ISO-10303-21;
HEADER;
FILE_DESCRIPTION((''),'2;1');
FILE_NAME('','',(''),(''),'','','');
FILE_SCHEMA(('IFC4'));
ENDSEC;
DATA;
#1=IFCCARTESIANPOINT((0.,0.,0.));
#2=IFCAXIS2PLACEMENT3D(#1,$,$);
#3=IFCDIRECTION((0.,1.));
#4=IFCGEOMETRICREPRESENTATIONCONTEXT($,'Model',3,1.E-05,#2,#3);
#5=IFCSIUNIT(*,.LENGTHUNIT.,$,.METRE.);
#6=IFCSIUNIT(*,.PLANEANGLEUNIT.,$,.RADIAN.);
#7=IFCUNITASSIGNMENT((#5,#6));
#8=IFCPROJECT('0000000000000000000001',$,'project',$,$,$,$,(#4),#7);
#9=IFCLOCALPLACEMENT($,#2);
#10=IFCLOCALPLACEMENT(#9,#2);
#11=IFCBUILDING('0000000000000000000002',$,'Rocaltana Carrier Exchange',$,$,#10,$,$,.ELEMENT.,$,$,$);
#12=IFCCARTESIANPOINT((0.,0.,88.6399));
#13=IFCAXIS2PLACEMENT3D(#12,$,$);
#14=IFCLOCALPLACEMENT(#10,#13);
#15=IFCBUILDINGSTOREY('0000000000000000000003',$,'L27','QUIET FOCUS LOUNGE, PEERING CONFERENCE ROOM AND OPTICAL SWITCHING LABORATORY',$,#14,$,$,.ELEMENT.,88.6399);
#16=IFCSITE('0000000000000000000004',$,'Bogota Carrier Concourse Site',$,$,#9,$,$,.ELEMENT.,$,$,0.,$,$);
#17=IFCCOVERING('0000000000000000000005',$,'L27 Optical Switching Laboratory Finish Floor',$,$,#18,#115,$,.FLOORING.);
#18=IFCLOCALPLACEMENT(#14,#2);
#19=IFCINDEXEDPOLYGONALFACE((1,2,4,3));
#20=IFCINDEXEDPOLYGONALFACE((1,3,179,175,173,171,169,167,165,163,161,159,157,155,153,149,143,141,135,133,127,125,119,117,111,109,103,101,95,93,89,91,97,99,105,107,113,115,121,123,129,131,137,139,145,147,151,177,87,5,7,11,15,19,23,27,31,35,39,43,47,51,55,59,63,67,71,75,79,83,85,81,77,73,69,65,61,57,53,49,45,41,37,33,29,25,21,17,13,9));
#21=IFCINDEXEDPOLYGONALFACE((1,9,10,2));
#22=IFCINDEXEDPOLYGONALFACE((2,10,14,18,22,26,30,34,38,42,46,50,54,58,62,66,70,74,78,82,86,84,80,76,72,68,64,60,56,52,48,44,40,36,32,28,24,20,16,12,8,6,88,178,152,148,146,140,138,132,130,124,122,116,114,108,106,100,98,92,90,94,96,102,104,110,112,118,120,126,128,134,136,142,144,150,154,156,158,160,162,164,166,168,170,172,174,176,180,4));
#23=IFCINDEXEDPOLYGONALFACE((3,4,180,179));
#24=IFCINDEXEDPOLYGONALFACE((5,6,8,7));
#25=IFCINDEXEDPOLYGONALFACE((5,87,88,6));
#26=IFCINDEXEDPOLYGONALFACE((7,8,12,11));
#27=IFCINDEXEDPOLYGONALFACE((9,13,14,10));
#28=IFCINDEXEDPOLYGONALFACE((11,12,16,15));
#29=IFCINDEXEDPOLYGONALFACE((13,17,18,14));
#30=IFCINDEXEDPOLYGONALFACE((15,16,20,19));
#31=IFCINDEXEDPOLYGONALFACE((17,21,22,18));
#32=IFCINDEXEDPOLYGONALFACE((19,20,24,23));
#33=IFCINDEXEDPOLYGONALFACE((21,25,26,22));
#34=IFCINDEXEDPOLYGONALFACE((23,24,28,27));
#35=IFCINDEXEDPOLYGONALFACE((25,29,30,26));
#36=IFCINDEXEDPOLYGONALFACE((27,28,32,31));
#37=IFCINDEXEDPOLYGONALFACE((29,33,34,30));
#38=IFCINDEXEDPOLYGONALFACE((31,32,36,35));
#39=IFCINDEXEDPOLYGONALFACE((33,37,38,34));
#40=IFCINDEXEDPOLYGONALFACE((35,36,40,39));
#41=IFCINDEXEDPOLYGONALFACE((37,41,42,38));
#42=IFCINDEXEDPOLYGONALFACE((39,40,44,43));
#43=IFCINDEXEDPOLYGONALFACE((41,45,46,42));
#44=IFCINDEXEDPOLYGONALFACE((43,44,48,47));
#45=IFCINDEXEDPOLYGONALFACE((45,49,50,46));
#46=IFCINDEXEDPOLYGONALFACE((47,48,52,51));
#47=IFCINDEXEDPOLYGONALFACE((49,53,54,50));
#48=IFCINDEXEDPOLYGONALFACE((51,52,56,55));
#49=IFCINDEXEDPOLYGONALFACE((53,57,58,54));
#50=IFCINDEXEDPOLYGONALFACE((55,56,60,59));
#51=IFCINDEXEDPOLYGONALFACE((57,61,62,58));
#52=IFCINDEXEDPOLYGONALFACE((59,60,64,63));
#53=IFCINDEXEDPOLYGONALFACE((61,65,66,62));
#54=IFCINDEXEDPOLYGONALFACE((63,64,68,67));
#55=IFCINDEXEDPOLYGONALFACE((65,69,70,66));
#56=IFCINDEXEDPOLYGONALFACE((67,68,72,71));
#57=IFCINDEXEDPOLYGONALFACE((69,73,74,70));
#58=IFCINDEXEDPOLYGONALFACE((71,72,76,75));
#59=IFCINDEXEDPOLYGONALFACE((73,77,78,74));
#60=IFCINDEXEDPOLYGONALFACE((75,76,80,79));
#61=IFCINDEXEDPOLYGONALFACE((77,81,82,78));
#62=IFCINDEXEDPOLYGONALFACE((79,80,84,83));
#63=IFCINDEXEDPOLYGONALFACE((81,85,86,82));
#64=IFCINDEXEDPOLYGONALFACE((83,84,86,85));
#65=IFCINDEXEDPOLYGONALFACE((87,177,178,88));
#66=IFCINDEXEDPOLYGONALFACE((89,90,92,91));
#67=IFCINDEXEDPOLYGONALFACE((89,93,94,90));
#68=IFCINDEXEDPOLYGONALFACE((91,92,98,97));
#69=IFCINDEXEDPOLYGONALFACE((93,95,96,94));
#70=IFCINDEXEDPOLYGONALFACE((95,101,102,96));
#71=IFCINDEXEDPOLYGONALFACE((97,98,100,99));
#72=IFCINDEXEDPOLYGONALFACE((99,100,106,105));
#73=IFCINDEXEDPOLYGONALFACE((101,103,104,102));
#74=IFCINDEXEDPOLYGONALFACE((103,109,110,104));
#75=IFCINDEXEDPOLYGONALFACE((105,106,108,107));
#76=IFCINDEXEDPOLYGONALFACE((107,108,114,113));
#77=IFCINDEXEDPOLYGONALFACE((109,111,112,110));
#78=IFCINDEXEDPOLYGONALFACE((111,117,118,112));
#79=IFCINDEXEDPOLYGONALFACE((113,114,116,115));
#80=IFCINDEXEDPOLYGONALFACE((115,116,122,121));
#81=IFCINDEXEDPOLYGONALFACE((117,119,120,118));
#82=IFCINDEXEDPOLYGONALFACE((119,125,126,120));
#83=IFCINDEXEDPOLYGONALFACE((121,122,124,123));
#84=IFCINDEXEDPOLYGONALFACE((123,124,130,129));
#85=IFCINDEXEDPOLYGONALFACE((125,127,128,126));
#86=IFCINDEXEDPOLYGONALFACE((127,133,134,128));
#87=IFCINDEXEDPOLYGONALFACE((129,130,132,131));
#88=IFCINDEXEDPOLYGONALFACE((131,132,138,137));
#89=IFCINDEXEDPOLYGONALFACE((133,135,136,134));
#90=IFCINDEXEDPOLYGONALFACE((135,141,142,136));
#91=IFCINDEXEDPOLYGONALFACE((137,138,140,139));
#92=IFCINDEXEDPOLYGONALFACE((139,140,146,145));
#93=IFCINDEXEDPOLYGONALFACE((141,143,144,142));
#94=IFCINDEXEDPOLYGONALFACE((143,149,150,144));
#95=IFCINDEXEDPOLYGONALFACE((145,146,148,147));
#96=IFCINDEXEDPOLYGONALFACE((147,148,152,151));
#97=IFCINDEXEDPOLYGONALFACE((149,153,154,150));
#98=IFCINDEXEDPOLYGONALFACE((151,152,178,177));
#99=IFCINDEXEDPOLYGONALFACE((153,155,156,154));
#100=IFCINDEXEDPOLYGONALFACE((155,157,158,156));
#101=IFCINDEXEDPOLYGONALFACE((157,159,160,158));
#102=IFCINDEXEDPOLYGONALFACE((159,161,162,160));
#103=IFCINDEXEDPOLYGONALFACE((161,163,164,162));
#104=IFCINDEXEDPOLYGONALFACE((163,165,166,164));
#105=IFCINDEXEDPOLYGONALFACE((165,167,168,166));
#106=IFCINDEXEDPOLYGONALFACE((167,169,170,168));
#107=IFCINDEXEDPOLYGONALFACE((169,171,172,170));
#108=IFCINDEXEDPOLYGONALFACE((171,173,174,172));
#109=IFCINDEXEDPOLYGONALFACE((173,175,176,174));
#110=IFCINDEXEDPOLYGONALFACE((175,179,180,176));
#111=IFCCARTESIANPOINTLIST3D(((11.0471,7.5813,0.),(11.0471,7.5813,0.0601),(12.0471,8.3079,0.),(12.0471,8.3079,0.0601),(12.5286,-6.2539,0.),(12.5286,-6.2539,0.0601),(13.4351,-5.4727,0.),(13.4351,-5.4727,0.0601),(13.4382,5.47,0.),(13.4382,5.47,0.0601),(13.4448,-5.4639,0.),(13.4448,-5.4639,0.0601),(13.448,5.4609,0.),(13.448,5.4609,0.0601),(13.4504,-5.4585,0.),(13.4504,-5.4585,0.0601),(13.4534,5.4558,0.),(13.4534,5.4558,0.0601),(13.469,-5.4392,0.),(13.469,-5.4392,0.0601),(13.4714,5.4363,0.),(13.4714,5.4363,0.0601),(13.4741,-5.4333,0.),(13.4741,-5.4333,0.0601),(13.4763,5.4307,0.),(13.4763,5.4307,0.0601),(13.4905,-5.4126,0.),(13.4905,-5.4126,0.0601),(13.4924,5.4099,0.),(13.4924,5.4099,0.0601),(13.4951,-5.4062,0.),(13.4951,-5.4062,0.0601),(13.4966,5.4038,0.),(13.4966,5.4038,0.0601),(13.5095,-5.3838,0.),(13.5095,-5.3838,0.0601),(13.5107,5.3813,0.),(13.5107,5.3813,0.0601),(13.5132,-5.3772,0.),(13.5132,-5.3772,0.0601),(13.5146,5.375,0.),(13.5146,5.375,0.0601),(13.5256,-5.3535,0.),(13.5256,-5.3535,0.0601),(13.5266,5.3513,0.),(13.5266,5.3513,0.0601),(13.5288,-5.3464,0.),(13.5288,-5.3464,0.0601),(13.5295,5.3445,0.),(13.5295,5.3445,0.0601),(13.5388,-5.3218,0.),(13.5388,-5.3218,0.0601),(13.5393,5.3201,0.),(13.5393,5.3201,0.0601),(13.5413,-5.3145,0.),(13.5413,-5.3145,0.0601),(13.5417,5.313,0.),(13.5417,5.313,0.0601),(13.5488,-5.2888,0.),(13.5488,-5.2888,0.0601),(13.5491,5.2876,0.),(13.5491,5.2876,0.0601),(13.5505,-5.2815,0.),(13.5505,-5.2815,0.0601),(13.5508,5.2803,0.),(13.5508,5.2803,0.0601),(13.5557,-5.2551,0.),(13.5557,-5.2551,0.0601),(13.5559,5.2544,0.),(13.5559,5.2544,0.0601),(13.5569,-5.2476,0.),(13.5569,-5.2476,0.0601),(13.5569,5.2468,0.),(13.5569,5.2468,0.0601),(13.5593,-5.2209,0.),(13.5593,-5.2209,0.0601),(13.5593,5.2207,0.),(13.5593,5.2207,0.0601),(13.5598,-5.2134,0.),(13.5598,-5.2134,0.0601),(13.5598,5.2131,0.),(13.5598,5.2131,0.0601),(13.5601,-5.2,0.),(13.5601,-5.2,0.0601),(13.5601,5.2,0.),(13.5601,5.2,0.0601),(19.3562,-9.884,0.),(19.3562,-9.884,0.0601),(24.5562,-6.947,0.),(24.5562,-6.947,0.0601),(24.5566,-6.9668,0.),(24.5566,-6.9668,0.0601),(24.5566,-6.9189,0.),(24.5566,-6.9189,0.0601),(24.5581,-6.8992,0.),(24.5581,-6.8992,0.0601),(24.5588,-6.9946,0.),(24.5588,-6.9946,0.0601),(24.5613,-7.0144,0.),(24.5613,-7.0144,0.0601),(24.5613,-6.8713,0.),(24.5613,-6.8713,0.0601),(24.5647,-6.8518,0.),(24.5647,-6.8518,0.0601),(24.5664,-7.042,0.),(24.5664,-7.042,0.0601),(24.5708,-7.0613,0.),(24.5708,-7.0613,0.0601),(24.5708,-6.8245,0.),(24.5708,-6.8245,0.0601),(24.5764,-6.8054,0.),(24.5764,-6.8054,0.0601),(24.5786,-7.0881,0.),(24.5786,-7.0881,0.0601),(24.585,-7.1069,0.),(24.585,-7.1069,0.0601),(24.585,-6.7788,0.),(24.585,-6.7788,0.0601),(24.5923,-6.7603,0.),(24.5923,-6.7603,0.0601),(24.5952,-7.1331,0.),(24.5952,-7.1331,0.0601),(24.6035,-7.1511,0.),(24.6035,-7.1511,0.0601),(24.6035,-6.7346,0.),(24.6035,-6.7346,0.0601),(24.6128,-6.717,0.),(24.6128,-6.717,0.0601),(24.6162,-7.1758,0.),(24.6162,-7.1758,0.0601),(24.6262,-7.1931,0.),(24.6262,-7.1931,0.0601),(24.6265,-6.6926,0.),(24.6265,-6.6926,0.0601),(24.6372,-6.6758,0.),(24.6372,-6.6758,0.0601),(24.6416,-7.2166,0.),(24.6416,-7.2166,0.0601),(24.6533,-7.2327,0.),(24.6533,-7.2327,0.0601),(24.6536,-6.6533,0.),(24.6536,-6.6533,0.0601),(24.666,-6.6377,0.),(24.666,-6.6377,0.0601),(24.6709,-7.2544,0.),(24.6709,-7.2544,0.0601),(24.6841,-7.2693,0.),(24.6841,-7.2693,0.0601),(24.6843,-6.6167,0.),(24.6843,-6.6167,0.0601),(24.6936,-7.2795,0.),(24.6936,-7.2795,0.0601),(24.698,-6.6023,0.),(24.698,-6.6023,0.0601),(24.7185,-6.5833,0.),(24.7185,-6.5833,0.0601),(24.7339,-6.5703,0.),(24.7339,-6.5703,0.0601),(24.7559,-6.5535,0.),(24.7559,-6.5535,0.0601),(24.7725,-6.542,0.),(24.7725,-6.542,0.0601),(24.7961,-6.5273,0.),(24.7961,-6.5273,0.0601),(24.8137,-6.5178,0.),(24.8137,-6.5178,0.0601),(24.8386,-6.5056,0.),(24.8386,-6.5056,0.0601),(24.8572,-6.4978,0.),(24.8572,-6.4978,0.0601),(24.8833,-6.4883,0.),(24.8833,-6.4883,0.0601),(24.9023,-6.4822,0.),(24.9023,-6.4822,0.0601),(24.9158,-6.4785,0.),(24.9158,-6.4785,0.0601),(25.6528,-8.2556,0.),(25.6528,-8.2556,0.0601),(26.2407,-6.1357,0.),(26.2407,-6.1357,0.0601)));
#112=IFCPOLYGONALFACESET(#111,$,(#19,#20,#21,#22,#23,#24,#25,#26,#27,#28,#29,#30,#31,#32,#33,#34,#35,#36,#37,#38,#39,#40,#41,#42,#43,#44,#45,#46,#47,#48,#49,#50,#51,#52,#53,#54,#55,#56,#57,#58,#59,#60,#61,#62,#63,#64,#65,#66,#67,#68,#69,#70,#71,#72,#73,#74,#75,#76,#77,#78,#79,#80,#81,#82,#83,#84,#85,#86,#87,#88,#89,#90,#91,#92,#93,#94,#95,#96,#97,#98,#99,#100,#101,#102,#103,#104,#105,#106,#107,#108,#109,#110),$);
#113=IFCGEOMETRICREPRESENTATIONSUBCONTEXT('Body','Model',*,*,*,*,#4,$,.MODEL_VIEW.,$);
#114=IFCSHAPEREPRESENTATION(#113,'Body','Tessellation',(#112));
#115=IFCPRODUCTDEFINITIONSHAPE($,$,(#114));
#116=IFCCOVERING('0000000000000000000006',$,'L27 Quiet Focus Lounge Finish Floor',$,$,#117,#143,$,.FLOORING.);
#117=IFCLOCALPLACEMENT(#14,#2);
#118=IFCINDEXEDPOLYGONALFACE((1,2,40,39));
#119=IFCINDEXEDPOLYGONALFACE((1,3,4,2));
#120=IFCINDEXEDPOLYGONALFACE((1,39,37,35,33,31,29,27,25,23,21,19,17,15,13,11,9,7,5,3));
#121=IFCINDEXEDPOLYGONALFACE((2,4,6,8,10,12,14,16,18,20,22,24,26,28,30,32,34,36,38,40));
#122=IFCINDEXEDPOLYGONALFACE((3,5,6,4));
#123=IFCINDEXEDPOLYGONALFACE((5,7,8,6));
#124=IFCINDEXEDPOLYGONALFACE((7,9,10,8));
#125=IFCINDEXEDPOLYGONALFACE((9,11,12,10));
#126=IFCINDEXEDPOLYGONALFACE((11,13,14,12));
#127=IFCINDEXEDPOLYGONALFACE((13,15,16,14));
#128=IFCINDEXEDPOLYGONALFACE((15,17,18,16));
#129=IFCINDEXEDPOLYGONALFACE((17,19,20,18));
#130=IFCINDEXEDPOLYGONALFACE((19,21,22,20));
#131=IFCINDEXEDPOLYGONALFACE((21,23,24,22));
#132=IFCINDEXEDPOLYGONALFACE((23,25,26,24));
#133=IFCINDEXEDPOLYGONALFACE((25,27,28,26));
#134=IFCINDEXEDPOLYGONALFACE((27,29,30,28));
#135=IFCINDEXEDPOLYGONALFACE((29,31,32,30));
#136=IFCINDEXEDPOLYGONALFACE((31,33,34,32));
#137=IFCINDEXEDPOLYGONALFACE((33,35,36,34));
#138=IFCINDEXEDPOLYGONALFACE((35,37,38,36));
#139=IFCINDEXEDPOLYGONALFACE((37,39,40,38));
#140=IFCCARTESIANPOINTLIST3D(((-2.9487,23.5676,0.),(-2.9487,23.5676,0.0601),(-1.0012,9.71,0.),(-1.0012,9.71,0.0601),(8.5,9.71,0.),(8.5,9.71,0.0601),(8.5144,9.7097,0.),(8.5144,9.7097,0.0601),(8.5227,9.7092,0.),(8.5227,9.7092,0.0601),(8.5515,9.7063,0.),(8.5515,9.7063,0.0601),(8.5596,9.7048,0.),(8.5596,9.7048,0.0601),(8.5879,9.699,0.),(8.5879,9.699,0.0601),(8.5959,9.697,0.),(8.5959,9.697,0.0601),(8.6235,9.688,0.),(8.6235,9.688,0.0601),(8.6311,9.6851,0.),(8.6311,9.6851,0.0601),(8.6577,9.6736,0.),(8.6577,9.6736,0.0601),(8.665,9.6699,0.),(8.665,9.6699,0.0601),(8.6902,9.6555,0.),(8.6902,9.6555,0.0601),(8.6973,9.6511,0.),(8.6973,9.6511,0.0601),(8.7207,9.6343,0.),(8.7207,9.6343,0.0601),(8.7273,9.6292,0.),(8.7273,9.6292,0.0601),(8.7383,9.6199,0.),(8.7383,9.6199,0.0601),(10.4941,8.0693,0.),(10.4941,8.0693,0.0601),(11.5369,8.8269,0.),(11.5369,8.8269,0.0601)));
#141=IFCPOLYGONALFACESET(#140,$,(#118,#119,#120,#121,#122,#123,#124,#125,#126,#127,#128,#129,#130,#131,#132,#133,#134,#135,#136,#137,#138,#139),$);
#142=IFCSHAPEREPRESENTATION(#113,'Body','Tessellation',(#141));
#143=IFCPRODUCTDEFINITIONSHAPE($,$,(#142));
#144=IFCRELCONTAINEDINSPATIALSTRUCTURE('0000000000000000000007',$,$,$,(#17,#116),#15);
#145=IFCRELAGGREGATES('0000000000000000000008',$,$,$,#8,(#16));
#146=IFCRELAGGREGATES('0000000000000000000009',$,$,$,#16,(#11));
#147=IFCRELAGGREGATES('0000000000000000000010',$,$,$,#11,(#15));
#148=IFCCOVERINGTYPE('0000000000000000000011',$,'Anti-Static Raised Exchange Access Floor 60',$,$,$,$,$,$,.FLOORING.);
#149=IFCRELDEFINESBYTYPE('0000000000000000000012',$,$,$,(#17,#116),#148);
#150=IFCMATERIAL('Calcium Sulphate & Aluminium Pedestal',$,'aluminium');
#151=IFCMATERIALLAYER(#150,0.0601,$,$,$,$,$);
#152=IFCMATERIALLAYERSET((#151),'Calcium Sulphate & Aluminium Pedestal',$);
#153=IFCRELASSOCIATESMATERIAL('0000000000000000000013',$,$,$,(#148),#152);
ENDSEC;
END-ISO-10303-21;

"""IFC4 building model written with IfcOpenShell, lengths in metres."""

from ifc_helpers import new_model, si_unit, direction, frame, origin, place, context, subcontext, project, spatial, polyline, outline, extrude, material, layer, layer_set, type_object, element, save


model = new_model("IFC4")

# Units and contexts
model_context = context("Model", 3, precision=1e-05, world=origin(), true_north=direction((0.0, 1.0)))
body_context = subcontext(model_context, "Body", "Model", "MODEL_VIEW")
ifc_project = project(units=[si_unit("LENGTHUNIT", "METRE"), si_unit("PLANEANGLEUNIT", "RADIAN")], contexts=[model_context])

# Site, building, storey
site_placement = place(None, origin())
site = spatial("IfcSite", under=ifc_project, at=site_placement, Name="Bogota Carrier Concourse Site", CompositionType="ELEMENT", RefElevation=0.0)
building_placement = place(site_placement, origin())
building = spatial("IfcBuilding", under=site, at=building_placement, Name="Rocaltana Carrier Exchange", CompositionType="ELEMENT")
storey_placement = place(building_placement, frame((0.0, 0.0, 88.6399)))
storey = spatial("IfcBuildingStorey", under=building, at=storey_placement, Name="L27", Description="QUIET FOCUS LOUNGE, PEERING CONFERENCE ROOM AND OPTICAL SWITCHING LABORATORY", CompositionType="ELEMENT", Elevation=88.6399)

# Coverings
ifc_material_1 = material(Name="Calcium Sulphate & Aluminium Pedestal", Category="aluminium")
ifc_layer_1 = layer(ifc_material_1, 0.0601)
ifc_layer_set_1 = layer_set([ifc_layer_1], Name="Calcium Sulphate & Aluminium Pedestal")
covering_type_1 = type_object("IfcCoveringType", Name="Anti-Static Raised Exchange Access Floor 60", PredefinedType="FLOORING", material=ifc_layer_set_1)
covering_1_placement = place(storey_placement, origin())
element("IfcCovering", 1, at=covering_1_placement, inside=storey, type_object=covering_type_1, Name="L27 Optical Switching Laboratory Finish Floor", PredefinedType="FLOORING", context=body_context, shape_type="SweptSolid", body=[
    extrude(outline(polyline([(26.2407, -6.1357), (24.9158, -6.4785), (24.9023, -6.4822), (24.8833, -6.4883), (24.8572, -6.4978), (24.8386, -6.5056), (24.8137, -6.5178), (24.7961, -6.5273), (24.7725, -6.542), (24.7559, -6.5535), (24.7339, -6.5703), (24.7185, -6.5833), (24.698, -6.6023), (24.6843, -6.6167), (24.666, -6.6377), (24.6536, -6.6533), (24.6372, -6.6758), (24.6265, -6.6926), (24.6128, -6.717), (24.6035, -6.7346), (24.5923, -6.7603), (24.585, -6.7788), (24.5764, -6.8054), (24.5708, -6.8245), (24.5647, -6.8518), (24.5613, -6.8713), (24.5581, -6.8992), (24.5566, -6.9189), (24.5562, -6.947), (24.5566, -6.9668), (24.5588, -6.9946), (24.5613, -7.0144), (24.5664, -7.042), (24.5708, -7.0613), (24.5786, -7.0881), (24.585, -7.1069), (24.5952, -7.1331), (24.6035, -7.1511), (24.6162, -7.1758), (24.6262, -7.1931), (24.6416, -7.2166), (24.6533, -7.2327), (24.6709, -7.2544), (24.6841, -7.2693), (24.6936, -7.2795), (25.6528, -8.2556), (19.3562, -9.884), (12.5286, -6.2539), (13.4351, -5.4727), (13.4448, -5.4639), (13.4504, -5.4585), (13.469, -5.4392), (13.4741, -5.4333), (13.4905, -5.4126), (13.4951, -5.4062), (13.5095, -5.3838), (13.5132, -5.3772), (13.5256, -5.3535), (13.5288, -5.3464), (13.5388, -5.3218), (13.5413, -5.3145), (13.5488, -5.2888), (13.5505, -5.2815), (13.5557, -5.2551), (13.5569, -5.2476), (13.5593, -5.2209), (13.5598, -5.2134), (13.5601, -5.2), (13.5601, 5.2), (13.5598, 5.2131), (13.5593, 5.2207), (13.5569, 5.2468), (13.5559, 5.2544), (13.5508, 5.2803), (13.5491, 5.2876), (13.5417, 5.313), (13.5393, 5.3201), (13.5295, 5.3445), (13.5266, 5.3513), (13.5146, 5.375), (13.5107, 5.3813), (13.4966, 5.4038), (13.4924, 5.4099), (13.4763, 5.4307), (13.4714, 5.4363), (13.4534, 5.4558), (13.448, 5.4609), (13.4382, 5.47), (11.0471, 7.5813), (12.0471, 8.3079), (26.2407, -6.1357)])), origin(), (0.0, 0.0, 1.0), 0.0601),
])
covering_2_placement = place(storey_placement, origin())
element("IfcCovering", 2, at=covering_2_placement, inside=storey, type_object=covering_type_1, Name="L27 Quiet Focus Lounge Finish Floor", PredefinedType="FLOORING", context=body_context, shape_type="SweptSolid", body=[
    extrude(outline(polyline([(11.5369, 8.8269), (10.4941, 8.0693), (8.7383, 9.6199), (8.7273, 9.6292), (8.7207, 9.6343), (8.6973, 9.6511), (8.6902, 9.6555), (8.665, 9.6699), (8.6577, 9.6736), (8.6311, 9.6851), (8.6235, 9.688), (8.5959, 9.697), (8.5879, 9.699), (8.5596, 9.7048), (8.5515, 9.7063), (8.5227, 9.7092), (8.5144, 9.7097), (8.5, 9.71), (-1.0012, 9.71), (-2.9487, 23.5676), (11.5369, 8.8269)])), origin(), (0.0, 0.0, 1.0), 0.0601),
])

save(model, "model.ifc")
